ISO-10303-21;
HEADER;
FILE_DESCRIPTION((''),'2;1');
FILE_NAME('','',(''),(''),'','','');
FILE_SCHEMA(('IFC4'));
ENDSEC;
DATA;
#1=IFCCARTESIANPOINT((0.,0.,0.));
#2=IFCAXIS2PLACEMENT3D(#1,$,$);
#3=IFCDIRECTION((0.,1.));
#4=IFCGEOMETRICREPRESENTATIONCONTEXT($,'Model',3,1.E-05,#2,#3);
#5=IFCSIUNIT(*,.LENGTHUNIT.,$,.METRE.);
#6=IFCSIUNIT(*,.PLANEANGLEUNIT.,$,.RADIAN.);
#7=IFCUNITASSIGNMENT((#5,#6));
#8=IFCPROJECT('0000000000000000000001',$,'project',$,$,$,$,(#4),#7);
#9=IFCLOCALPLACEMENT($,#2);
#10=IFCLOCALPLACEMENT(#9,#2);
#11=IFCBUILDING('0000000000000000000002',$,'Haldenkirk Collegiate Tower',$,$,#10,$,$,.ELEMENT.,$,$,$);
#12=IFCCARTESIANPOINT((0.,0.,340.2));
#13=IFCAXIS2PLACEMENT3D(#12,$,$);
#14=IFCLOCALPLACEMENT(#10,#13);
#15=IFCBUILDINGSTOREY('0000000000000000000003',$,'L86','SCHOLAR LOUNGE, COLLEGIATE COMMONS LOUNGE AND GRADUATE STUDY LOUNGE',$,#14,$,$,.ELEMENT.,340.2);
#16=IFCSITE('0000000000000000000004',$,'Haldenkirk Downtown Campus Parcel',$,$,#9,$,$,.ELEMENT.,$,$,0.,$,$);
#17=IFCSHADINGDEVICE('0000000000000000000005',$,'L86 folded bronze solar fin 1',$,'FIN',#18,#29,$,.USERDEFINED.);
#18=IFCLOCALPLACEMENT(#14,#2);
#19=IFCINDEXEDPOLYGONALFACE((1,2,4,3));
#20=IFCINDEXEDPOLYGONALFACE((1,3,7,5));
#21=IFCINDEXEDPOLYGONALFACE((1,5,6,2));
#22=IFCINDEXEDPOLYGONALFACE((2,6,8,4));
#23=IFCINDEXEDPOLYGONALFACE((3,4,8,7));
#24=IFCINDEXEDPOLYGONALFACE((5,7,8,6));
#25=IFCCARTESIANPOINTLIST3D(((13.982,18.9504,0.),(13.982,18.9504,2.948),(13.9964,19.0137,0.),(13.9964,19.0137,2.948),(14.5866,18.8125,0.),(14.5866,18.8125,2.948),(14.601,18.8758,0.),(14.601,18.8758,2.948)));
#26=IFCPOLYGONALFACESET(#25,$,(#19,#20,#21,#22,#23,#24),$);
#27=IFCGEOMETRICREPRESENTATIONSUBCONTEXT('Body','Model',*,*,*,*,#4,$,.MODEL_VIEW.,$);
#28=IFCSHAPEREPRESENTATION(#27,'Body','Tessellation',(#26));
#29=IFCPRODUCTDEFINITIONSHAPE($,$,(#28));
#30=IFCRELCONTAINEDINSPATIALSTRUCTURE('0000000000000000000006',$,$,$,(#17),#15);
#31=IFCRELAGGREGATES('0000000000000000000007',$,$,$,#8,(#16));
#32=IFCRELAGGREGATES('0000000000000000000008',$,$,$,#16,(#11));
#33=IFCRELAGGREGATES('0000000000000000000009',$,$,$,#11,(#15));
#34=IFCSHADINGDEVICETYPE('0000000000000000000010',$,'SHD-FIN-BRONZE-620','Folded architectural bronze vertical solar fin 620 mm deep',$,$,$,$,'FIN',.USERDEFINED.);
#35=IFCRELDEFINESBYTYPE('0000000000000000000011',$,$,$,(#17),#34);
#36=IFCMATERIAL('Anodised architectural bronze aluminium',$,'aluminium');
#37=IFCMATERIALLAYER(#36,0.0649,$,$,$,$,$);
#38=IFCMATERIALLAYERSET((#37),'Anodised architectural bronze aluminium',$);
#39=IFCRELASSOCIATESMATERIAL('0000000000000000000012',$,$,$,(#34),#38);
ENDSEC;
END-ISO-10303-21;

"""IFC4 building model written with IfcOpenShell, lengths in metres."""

from ifc_helpers import new_model, si_unit, direction, frame, origin, origin_2d, place, context, subcontext, project, spatial, rectangle, extrude, source, transform, mapped, material, layer, layer_set, type_object, element, save


model = new_model("IFC4")

# Units and contexts
model_context = context("Model", 3, precision=1e-05, world=origin(), true_north=direction((0.0, 1.0)))
body_context = subcontext(model_context, "Body", "Model", "MODEL_VIEW")
ifc_project = project(units=[si_unit("LENGTHUNIT", "METRE"), si_unit("PLANEANGLEUNIT", "RADIAN")], contexts=[model_context])

# Site, building, storey
site_placement = place(None, origin())
site = spatial("IfcSite", under=ifc_project, at=site_placement, Name="Haldenkirk Downtown Campus Parcel", CompositionType="ELEMENT", RefElevation=0.0)
building_placement = place(site_placement, origin())
building = spatial("IfcBuilding", under=site, at=building_placement, Name="Haldenkirk Collegiate Tower", CompositionType="ELEMENT")
storey_placement = place(building_placement, frame((0.0, 0.0, 340.2)))
storey = spatial("IfcBuildingStorey", under=building, at=storey_placement, Name="L86", Description="SCHOLAR LOUNGE, COLLEGIATE COMMONS LOUNGE AND GRADUATE STUDY LOUNGE", CompositionType="ELEMENT", Elevation=340.2)

# Shared definitions
ifc_material_1 = material(Name="Anodised architectural bronze aluminium", Category="aluminium")

# Shading device
ifc_layer_1 = layer(ifc_material_1, 0.0649)
ifc_layer_set_1 = layer_set([ifc_layer_1], Name="Anodised architectural bronze aluminium")
shading_device_type = type_object("IfcShadingDeviceType", Name="SHD-FIN-BRONZE-620", Description="Folded architectural bronze vertical solar fin 620 mm deep", ElementType="FIN", PredefinedType="USERDEFINED", material=ifc_layer_set_1)
shared_shape_1 = source(origin(), body_context, "Body", "SweptSolid", [
    extrude(rectangle(XDim=0.6201, YDim=0.0649, at=origin_2d()), origin(), (0.0, 0.0, 1.0), 2.948),
])
shading_device_placement = place(storey_placement, frame((14.2915, 18.9131, 0.0), z_axis=(0.0, 0.0, 1.0), x_axis=(-0.974956, 0.222399, 0.0)))
element("IfcShadingDevice", 1, at=shading_device_placement, inside=storey, type_object=shading_device_type, Name="L86 folded bronze solar fin 1", ObjectType="FIN", PredefinedType="USERDEFINED", context=body_context, shape_type="MappedRepresentation", body=[
    mapped(shared_shape_1, transform((0.0, 0.0, 0.0), x_axis=(1.0, 0.0, 0.0), y_axis=(0.0, 1.0, 0.0), z_axis=(0.0, 0.0, 1.0), scale=1.0)),
])

save(model, "model.ifc")
